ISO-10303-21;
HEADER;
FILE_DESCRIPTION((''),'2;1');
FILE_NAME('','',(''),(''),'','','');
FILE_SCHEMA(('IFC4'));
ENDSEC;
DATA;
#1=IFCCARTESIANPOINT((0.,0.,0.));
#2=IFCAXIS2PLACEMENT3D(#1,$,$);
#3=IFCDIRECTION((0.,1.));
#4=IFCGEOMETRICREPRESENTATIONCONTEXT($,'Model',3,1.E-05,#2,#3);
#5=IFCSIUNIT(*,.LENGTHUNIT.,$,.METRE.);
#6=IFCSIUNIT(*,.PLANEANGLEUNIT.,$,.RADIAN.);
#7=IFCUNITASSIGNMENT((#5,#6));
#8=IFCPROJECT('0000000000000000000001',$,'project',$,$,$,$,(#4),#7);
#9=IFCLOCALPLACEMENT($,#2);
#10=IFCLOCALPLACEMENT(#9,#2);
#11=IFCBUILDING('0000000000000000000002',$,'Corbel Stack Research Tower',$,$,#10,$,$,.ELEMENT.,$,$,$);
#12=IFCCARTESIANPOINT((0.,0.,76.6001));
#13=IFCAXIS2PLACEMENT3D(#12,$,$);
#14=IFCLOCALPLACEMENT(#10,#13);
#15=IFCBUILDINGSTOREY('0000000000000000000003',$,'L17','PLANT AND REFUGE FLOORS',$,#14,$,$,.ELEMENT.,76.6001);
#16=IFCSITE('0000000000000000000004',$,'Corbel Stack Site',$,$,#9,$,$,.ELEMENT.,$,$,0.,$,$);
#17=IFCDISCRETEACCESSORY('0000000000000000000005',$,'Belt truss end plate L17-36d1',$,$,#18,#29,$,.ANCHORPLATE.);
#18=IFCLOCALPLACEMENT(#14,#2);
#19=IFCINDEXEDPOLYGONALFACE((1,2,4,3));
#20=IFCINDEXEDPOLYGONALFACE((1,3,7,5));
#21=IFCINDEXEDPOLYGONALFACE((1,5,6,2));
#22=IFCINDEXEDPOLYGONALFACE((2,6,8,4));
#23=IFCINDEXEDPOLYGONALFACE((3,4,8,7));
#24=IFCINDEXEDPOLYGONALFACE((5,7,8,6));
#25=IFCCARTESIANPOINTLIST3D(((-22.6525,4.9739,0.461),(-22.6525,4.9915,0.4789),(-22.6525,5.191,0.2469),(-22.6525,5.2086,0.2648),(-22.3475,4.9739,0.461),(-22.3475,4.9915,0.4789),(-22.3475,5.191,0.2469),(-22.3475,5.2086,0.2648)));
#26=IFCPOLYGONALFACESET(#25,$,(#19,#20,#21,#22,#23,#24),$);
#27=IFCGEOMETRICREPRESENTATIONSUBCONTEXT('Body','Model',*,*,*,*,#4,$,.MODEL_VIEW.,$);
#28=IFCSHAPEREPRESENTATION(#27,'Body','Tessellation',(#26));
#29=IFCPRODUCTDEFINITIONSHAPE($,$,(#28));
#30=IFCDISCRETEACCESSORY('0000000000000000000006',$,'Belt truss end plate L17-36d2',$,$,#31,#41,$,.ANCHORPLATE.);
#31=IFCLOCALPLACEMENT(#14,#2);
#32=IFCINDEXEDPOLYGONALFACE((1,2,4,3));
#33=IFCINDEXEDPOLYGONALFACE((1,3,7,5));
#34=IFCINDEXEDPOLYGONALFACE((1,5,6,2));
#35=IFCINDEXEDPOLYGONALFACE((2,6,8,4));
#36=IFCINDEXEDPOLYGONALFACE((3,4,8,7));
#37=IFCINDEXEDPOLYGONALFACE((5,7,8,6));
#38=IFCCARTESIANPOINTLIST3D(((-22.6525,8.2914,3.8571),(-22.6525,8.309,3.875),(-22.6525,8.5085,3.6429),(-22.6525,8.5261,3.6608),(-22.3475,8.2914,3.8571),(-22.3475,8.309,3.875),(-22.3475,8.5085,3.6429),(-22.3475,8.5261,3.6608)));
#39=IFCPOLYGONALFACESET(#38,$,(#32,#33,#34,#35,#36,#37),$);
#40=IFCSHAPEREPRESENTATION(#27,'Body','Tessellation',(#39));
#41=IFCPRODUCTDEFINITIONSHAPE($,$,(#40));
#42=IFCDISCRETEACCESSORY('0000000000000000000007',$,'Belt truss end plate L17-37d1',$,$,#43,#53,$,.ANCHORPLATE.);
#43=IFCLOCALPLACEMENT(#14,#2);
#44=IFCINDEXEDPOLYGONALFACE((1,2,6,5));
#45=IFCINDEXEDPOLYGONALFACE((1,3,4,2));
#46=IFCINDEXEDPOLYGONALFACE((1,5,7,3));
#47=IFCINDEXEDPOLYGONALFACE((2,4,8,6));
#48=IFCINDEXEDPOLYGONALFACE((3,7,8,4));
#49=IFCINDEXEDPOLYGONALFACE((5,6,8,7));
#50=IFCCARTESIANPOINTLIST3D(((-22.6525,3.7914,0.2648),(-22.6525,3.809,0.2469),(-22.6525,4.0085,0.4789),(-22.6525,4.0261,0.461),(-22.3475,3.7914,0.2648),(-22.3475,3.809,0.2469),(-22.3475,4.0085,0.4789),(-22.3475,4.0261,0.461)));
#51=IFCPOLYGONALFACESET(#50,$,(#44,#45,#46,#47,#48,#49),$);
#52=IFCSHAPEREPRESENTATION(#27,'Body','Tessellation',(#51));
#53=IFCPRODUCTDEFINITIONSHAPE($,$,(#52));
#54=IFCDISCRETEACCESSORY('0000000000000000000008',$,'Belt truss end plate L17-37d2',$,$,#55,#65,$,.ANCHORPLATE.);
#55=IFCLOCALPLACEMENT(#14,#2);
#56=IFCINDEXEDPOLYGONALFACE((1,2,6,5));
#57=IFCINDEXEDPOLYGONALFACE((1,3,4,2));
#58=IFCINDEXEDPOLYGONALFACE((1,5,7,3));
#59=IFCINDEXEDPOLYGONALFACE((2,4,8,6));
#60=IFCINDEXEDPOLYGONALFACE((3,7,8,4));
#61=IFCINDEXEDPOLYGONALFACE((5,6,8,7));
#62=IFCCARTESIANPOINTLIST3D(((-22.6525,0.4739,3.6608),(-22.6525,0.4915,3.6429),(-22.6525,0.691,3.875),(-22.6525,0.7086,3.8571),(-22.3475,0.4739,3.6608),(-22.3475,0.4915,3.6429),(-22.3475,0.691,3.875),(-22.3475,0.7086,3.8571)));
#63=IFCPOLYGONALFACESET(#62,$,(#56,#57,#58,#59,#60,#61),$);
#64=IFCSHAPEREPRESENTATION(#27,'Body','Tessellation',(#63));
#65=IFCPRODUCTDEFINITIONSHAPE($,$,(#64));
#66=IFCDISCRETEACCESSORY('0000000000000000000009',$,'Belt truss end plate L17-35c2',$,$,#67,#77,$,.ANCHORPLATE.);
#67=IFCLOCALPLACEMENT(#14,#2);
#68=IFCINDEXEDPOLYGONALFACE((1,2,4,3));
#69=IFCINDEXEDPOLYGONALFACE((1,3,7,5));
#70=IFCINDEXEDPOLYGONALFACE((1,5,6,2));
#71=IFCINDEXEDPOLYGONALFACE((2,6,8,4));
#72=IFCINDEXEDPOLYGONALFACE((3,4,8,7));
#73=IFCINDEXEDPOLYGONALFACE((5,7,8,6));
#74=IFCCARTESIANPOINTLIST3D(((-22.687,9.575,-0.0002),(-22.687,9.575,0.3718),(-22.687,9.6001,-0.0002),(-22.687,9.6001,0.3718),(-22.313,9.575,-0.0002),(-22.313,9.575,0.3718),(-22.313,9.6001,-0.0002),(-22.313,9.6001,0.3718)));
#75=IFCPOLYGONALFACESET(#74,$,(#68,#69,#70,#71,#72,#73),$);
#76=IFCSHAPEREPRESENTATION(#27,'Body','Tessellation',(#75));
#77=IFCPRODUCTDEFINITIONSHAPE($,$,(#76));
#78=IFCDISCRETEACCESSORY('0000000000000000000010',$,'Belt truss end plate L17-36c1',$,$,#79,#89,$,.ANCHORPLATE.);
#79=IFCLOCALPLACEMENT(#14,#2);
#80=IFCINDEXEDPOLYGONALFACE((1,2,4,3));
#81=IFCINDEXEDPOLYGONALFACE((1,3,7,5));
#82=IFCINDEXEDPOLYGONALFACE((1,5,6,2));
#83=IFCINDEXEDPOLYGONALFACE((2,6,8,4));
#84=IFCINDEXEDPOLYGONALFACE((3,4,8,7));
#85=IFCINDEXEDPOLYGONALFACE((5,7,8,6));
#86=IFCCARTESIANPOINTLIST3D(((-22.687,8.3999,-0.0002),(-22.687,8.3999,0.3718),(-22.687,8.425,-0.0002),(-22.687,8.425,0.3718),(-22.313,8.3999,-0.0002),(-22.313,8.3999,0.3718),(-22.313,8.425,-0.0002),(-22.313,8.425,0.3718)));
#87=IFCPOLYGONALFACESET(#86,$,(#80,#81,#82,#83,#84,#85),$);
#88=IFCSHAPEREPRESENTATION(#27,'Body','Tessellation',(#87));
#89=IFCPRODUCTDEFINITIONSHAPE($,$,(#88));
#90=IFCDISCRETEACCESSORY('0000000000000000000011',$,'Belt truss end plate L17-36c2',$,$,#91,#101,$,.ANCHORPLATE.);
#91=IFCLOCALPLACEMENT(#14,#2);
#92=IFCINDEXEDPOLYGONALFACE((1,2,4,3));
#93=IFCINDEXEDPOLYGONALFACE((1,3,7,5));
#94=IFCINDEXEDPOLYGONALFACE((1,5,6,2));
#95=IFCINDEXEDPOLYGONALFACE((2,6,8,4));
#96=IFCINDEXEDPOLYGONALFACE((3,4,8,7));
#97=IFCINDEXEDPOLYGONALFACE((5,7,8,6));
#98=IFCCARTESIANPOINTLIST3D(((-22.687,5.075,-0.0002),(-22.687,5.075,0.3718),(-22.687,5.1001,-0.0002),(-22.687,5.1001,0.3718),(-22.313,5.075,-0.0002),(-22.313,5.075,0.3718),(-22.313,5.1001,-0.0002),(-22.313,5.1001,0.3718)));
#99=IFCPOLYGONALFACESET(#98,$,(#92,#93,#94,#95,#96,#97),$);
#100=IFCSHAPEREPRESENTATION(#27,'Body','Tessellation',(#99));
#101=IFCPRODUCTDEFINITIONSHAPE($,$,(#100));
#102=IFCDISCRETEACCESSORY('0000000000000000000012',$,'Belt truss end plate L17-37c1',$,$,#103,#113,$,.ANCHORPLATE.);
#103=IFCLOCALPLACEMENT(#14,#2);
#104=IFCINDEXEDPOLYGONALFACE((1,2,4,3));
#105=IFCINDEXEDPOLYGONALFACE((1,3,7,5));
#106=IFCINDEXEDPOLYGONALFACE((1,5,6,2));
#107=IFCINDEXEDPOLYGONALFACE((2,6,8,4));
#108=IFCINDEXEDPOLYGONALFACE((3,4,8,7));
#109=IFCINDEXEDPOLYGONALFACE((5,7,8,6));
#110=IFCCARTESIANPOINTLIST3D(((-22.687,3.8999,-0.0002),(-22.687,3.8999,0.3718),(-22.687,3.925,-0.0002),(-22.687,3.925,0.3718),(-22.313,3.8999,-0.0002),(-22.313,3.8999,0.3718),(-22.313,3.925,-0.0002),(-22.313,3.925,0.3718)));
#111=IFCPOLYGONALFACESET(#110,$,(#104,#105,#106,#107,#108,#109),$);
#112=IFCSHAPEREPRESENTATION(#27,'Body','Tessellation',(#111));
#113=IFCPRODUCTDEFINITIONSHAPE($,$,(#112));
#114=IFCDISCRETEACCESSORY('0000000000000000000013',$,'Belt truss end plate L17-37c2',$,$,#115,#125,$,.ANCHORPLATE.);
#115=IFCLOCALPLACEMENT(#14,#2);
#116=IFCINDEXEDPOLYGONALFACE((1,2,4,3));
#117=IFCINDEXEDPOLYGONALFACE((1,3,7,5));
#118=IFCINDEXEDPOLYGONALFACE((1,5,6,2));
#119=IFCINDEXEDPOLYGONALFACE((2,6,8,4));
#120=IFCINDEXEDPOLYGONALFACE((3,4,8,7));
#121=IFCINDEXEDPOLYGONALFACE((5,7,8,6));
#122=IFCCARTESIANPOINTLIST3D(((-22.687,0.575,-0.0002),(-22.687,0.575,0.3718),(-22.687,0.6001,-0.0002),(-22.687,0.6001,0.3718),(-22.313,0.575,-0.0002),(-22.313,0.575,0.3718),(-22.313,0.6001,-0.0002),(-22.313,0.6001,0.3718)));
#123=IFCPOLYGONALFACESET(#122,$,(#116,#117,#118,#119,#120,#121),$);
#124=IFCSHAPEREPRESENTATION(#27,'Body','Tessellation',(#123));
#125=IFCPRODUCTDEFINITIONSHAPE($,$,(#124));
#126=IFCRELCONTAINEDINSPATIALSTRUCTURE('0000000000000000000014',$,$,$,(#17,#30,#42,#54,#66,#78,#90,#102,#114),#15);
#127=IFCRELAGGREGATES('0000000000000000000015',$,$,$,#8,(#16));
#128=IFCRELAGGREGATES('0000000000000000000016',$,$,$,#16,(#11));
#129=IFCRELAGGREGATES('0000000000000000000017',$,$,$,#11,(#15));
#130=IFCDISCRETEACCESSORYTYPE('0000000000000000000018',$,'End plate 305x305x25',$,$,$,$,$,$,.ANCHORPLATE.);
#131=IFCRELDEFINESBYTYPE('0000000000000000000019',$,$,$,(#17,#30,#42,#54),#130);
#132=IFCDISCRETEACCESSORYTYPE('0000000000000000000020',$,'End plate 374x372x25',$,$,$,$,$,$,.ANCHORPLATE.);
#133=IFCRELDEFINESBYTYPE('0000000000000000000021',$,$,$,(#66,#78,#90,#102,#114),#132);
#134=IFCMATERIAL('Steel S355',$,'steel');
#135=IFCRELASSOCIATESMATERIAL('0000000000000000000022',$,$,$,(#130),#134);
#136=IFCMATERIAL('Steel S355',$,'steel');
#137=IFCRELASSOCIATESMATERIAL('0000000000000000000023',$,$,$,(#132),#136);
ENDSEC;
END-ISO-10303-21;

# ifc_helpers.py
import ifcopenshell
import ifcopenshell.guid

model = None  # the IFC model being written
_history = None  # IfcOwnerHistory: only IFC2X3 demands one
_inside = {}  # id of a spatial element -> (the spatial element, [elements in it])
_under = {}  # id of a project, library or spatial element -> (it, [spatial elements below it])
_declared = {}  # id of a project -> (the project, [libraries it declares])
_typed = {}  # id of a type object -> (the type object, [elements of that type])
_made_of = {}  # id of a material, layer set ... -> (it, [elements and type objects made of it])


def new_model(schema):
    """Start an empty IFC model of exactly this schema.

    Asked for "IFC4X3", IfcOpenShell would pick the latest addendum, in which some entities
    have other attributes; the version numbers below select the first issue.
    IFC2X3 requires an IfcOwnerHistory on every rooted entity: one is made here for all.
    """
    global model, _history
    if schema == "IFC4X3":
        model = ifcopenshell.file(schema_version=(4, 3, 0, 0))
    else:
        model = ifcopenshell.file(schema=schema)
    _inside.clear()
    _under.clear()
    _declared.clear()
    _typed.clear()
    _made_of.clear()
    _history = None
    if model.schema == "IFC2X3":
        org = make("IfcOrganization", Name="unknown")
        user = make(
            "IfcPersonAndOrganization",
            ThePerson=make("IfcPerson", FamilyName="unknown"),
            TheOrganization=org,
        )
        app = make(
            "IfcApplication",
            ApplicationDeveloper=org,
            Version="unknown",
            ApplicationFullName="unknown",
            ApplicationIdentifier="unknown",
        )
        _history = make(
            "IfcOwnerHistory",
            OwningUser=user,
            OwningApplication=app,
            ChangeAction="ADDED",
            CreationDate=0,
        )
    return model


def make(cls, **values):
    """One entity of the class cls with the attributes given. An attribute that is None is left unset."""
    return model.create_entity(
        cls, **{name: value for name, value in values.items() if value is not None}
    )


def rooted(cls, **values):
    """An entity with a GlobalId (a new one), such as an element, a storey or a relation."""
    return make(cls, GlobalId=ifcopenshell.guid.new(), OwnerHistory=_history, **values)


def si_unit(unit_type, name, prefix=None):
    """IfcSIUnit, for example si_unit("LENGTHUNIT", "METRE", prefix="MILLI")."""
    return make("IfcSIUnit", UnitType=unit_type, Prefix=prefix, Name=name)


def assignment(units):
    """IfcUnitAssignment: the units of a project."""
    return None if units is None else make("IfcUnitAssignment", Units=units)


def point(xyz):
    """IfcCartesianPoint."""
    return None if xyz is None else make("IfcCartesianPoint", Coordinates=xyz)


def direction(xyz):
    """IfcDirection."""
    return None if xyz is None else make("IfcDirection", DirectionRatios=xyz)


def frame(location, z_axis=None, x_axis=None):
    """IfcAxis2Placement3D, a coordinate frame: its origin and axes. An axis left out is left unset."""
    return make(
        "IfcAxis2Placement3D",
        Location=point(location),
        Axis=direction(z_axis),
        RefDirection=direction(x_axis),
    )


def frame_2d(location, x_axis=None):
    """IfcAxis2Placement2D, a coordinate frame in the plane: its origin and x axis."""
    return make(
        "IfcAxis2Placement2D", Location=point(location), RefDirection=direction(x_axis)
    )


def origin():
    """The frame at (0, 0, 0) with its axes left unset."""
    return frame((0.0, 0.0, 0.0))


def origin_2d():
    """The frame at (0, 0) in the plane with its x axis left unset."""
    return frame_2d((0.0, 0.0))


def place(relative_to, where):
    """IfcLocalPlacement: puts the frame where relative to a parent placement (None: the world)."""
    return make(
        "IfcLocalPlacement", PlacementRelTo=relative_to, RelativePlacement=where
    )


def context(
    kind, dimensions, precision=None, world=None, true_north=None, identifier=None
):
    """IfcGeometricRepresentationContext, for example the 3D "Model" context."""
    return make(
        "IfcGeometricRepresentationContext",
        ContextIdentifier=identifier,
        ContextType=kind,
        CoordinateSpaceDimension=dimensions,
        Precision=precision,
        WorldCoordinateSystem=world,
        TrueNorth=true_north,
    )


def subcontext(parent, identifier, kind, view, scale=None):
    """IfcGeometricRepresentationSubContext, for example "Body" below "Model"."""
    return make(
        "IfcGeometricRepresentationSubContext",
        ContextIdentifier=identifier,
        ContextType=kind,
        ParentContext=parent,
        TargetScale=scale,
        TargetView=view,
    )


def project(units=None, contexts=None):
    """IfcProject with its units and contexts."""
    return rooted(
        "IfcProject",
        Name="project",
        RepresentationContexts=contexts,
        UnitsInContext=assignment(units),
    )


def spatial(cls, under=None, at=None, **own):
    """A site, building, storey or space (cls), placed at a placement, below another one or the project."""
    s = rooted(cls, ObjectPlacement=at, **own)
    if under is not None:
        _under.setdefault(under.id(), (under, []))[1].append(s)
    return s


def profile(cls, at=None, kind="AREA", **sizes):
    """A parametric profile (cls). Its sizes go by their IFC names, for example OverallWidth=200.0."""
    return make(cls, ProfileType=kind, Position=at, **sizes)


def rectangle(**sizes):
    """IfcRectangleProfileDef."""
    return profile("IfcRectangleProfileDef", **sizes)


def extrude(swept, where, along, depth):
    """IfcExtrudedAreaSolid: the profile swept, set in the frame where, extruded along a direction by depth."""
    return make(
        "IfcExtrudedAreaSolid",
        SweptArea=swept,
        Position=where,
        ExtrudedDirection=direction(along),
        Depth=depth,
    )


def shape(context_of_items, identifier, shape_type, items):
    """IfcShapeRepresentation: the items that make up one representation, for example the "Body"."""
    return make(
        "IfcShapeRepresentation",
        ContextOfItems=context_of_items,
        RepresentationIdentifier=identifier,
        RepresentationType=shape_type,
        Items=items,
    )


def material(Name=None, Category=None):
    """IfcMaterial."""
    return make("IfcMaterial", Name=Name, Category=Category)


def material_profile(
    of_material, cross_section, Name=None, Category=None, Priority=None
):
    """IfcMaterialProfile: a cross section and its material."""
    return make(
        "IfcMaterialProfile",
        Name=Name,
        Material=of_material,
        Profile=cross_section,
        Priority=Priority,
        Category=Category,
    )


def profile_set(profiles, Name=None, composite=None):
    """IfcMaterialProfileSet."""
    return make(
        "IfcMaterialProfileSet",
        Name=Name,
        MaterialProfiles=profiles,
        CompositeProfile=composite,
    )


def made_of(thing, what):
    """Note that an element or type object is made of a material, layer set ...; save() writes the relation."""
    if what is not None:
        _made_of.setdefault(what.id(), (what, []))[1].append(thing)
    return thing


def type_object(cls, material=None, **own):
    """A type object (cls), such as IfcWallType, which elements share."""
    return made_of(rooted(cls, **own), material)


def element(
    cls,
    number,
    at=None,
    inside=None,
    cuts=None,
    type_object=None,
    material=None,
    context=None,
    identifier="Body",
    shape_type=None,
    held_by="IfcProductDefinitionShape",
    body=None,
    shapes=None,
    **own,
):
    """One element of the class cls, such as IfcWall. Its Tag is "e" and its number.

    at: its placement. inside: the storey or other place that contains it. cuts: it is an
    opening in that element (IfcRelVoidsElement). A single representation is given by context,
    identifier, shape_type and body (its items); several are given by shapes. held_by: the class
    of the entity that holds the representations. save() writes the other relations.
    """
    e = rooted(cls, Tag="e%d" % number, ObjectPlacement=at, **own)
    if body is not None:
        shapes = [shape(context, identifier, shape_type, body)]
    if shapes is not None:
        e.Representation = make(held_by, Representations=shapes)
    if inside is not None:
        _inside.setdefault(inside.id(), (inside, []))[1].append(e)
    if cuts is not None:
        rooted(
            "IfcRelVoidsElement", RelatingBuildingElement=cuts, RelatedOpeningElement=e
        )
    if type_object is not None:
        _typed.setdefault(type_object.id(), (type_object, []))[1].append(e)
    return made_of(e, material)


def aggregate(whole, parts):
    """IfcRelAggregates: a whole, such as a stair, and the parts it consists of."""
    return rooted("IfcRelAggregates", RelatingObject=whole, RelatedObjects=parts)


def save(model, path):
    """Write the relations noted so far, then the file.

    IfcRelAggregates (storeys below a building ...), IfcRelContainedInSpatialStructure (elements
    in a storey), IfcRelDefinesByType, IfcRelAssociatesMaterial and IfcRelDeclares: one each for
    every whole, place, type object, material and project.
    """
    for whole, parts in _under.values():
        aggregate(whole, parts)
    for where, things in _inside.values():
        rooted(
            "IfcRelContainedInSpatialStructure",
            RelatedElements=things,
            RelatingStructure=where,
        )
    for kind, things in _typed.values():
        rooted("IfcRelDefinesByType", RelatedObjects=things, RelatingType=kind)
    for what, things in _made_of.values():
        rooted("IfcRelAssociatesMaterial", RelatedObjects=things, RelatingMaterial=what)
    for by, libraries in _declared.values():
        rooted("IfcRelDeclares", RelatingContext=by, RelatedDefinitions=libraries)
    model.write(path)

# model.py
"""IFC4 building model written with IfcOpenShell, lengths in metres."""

from ifc_helpers import new_model, si_unit, direction, frame, origin, origin_2d, place, context, subcontext, project, spatial, rectangle, extrude, material, material_profile, profile_set, type_object, element, save


model = new_model("IFC4")

# Units and contexts
model_context = context("Model", 3, precision=1e-05, world=origin(), true_north=direction((0.0, 1.0)))
body_context = subcontext(model_context, "Body", "Model", "MODEL_VIEW")
ifc_project = project(units=[si_unit("LENGTHUNIT", "METRE"), si_unit("PLANEANGLEUNIT", "RADIAN")], contexts=[model_context])

# Site, building, storey
site_placement = place(None, origin())
site = spatial("IfcSite", under=ifc_project, at=site_placement, Name="Corbel Stack Site", CompositionType="ELEMENT", RefElevation=0.0)
building_placement = place(site_placement, origin())
building = spatial("IfcBuilding", under=site, at=building_placement, Name="Corbel Stack Research Tower", CompositionType="ELEMENT")
storey_placement = place(building_placement, frame((0.0, 0.0, 76.6001)))
storey = spatial("IfcBuildingStorey", under=building, at=storey_placement, Name="L17", Description="PLANT AND REFUGE FLOORS", CompositionType="ELEMENT", Elevation=76.6001)

# Discrete accessories
ifc_material_1 = material(Name="Steel S355", Category="steel")
ifc_material_profile_1 = material_profile(ifc_material_1, rectangle(XDim=0.3049, YDim=0.3049, at=origin_2d()), Name="End plate 305x305x25")
ifc_profile_set_1 = profile_set([ifc_material_profile_1], Name="Steel S355")
discrete_accessory_type_1 = type_object("IfcDiscreteAccessoryType", Name="End plate 305x305x25", PredefinedType="ANCHORPLATE", material=ifc_profile_set_1)
for number, where, z_axis, x_axis, name in (
    (1, (-22.5, 5.1001, 0.3718), (0.0, -0.702213, -0.711966), (1.0, 0.0, 0.0), "Belt truss end plate L17-36d1"),
    (2, (-22.5, 8.3999, 3.75), (0.0, 0.702213, 0.711966), (-1.0, 0.0, 0.0), "Belt truss end plate L17-36d2"),
    (3, (-22.5, 3.8999, 0.3718), (0.0, 0.702213, -0.711966), (-1.0, 0.0, 0.0), "Belt truss end plate L17-37d1"),
    (4, (-22.5, 0.6001, 3.75), (0.0, -0.702213, 0.711966), (1.0, 0.0, 0.0), "Belt truss end plate L17-37d2"),
):
    element("IfcDiscreteAccessory", number, at=place(storey_placement, frame(where, z_axis=z_axis, x_axis=x_axis)), inside=storey, type_object=discrete_accessory_type_1, Name=name, PredefinedType="ANCHORPLATE", context=body_context, shape_type="SweptSolid", body=[
        extrude(rectangle(XDim=0.3049, YDim=0.3049, at=origin_2d()), origin(), (0.0, 0.0, 1.0), 0.0251),
    ])
ifc_material_2 = material(Name="Steel S355", Category="steel")
ifc_material_profile_2 = material_profile(ifc_material_2, rectangle(XDim=0.374, YDim=0.3721, at=origin_2d()), Name="End plate 374x372x25")
ifc_profile_set_2 = profile_set([ifc_material_profile_2], Name="Steel S355")
discrete_accessory_type_2 = type_object("IfcDiscreteAccessoryType", Name="End plate 374x372x25", PredefinedType="ANCHORPLATE", material=ifc_profile_set_2)
for number, where, z_axis, x_axis, name in (
    (5, (-22.5, 9.6001, 0.1858), (0.0, -1.0, 0.0), (1.0, 0.0, 0.0), "Belt truss end plate L17-35c2"),
    (6, (-22.5, 8.3999, 0.1858), (0.0, 1.0, 0.0), (-1.0, 0.0, 0.0), "Belt truss end plate L17-36c1"),
    (7, (-22.5, 5.1001, 0.1858), (0.0, -1.0, 0.0), (1.0, 0.0, 0.0), "Belt truss end plate L17-36c2"),
    (8, (-22.5, 3.8999, 0.1858), (0.0, 1.0, 0.0), (-1.0, 0.0, 0.0), "Belt truss end plate L17-37c1"),
    (9, (-22.5, 0.6001, 0.1858), (0.0, -1.0, 0.0), (1.0, 0.0, 0.0), "Belt truss end plate L17-37c2"),
):
    element("IfcDiscreteAccessory", number, at=place(storey_placement, frame(where, z_axis=z_axis, x_axis=x_axis)), inside=storey, type_object=discrete_accessory_type_2, Name=name, PredefinedType="ANCHORPLATE", context=body_context, shape_type="SweptSolid", body=[
        extrude(rectangle(XDim=0.374, YDim=0.3721, at=origin_2d()), origin(), (0.0, 0.0, 1.0), 0.0251),
    ])

save(model, "model.ifc")
